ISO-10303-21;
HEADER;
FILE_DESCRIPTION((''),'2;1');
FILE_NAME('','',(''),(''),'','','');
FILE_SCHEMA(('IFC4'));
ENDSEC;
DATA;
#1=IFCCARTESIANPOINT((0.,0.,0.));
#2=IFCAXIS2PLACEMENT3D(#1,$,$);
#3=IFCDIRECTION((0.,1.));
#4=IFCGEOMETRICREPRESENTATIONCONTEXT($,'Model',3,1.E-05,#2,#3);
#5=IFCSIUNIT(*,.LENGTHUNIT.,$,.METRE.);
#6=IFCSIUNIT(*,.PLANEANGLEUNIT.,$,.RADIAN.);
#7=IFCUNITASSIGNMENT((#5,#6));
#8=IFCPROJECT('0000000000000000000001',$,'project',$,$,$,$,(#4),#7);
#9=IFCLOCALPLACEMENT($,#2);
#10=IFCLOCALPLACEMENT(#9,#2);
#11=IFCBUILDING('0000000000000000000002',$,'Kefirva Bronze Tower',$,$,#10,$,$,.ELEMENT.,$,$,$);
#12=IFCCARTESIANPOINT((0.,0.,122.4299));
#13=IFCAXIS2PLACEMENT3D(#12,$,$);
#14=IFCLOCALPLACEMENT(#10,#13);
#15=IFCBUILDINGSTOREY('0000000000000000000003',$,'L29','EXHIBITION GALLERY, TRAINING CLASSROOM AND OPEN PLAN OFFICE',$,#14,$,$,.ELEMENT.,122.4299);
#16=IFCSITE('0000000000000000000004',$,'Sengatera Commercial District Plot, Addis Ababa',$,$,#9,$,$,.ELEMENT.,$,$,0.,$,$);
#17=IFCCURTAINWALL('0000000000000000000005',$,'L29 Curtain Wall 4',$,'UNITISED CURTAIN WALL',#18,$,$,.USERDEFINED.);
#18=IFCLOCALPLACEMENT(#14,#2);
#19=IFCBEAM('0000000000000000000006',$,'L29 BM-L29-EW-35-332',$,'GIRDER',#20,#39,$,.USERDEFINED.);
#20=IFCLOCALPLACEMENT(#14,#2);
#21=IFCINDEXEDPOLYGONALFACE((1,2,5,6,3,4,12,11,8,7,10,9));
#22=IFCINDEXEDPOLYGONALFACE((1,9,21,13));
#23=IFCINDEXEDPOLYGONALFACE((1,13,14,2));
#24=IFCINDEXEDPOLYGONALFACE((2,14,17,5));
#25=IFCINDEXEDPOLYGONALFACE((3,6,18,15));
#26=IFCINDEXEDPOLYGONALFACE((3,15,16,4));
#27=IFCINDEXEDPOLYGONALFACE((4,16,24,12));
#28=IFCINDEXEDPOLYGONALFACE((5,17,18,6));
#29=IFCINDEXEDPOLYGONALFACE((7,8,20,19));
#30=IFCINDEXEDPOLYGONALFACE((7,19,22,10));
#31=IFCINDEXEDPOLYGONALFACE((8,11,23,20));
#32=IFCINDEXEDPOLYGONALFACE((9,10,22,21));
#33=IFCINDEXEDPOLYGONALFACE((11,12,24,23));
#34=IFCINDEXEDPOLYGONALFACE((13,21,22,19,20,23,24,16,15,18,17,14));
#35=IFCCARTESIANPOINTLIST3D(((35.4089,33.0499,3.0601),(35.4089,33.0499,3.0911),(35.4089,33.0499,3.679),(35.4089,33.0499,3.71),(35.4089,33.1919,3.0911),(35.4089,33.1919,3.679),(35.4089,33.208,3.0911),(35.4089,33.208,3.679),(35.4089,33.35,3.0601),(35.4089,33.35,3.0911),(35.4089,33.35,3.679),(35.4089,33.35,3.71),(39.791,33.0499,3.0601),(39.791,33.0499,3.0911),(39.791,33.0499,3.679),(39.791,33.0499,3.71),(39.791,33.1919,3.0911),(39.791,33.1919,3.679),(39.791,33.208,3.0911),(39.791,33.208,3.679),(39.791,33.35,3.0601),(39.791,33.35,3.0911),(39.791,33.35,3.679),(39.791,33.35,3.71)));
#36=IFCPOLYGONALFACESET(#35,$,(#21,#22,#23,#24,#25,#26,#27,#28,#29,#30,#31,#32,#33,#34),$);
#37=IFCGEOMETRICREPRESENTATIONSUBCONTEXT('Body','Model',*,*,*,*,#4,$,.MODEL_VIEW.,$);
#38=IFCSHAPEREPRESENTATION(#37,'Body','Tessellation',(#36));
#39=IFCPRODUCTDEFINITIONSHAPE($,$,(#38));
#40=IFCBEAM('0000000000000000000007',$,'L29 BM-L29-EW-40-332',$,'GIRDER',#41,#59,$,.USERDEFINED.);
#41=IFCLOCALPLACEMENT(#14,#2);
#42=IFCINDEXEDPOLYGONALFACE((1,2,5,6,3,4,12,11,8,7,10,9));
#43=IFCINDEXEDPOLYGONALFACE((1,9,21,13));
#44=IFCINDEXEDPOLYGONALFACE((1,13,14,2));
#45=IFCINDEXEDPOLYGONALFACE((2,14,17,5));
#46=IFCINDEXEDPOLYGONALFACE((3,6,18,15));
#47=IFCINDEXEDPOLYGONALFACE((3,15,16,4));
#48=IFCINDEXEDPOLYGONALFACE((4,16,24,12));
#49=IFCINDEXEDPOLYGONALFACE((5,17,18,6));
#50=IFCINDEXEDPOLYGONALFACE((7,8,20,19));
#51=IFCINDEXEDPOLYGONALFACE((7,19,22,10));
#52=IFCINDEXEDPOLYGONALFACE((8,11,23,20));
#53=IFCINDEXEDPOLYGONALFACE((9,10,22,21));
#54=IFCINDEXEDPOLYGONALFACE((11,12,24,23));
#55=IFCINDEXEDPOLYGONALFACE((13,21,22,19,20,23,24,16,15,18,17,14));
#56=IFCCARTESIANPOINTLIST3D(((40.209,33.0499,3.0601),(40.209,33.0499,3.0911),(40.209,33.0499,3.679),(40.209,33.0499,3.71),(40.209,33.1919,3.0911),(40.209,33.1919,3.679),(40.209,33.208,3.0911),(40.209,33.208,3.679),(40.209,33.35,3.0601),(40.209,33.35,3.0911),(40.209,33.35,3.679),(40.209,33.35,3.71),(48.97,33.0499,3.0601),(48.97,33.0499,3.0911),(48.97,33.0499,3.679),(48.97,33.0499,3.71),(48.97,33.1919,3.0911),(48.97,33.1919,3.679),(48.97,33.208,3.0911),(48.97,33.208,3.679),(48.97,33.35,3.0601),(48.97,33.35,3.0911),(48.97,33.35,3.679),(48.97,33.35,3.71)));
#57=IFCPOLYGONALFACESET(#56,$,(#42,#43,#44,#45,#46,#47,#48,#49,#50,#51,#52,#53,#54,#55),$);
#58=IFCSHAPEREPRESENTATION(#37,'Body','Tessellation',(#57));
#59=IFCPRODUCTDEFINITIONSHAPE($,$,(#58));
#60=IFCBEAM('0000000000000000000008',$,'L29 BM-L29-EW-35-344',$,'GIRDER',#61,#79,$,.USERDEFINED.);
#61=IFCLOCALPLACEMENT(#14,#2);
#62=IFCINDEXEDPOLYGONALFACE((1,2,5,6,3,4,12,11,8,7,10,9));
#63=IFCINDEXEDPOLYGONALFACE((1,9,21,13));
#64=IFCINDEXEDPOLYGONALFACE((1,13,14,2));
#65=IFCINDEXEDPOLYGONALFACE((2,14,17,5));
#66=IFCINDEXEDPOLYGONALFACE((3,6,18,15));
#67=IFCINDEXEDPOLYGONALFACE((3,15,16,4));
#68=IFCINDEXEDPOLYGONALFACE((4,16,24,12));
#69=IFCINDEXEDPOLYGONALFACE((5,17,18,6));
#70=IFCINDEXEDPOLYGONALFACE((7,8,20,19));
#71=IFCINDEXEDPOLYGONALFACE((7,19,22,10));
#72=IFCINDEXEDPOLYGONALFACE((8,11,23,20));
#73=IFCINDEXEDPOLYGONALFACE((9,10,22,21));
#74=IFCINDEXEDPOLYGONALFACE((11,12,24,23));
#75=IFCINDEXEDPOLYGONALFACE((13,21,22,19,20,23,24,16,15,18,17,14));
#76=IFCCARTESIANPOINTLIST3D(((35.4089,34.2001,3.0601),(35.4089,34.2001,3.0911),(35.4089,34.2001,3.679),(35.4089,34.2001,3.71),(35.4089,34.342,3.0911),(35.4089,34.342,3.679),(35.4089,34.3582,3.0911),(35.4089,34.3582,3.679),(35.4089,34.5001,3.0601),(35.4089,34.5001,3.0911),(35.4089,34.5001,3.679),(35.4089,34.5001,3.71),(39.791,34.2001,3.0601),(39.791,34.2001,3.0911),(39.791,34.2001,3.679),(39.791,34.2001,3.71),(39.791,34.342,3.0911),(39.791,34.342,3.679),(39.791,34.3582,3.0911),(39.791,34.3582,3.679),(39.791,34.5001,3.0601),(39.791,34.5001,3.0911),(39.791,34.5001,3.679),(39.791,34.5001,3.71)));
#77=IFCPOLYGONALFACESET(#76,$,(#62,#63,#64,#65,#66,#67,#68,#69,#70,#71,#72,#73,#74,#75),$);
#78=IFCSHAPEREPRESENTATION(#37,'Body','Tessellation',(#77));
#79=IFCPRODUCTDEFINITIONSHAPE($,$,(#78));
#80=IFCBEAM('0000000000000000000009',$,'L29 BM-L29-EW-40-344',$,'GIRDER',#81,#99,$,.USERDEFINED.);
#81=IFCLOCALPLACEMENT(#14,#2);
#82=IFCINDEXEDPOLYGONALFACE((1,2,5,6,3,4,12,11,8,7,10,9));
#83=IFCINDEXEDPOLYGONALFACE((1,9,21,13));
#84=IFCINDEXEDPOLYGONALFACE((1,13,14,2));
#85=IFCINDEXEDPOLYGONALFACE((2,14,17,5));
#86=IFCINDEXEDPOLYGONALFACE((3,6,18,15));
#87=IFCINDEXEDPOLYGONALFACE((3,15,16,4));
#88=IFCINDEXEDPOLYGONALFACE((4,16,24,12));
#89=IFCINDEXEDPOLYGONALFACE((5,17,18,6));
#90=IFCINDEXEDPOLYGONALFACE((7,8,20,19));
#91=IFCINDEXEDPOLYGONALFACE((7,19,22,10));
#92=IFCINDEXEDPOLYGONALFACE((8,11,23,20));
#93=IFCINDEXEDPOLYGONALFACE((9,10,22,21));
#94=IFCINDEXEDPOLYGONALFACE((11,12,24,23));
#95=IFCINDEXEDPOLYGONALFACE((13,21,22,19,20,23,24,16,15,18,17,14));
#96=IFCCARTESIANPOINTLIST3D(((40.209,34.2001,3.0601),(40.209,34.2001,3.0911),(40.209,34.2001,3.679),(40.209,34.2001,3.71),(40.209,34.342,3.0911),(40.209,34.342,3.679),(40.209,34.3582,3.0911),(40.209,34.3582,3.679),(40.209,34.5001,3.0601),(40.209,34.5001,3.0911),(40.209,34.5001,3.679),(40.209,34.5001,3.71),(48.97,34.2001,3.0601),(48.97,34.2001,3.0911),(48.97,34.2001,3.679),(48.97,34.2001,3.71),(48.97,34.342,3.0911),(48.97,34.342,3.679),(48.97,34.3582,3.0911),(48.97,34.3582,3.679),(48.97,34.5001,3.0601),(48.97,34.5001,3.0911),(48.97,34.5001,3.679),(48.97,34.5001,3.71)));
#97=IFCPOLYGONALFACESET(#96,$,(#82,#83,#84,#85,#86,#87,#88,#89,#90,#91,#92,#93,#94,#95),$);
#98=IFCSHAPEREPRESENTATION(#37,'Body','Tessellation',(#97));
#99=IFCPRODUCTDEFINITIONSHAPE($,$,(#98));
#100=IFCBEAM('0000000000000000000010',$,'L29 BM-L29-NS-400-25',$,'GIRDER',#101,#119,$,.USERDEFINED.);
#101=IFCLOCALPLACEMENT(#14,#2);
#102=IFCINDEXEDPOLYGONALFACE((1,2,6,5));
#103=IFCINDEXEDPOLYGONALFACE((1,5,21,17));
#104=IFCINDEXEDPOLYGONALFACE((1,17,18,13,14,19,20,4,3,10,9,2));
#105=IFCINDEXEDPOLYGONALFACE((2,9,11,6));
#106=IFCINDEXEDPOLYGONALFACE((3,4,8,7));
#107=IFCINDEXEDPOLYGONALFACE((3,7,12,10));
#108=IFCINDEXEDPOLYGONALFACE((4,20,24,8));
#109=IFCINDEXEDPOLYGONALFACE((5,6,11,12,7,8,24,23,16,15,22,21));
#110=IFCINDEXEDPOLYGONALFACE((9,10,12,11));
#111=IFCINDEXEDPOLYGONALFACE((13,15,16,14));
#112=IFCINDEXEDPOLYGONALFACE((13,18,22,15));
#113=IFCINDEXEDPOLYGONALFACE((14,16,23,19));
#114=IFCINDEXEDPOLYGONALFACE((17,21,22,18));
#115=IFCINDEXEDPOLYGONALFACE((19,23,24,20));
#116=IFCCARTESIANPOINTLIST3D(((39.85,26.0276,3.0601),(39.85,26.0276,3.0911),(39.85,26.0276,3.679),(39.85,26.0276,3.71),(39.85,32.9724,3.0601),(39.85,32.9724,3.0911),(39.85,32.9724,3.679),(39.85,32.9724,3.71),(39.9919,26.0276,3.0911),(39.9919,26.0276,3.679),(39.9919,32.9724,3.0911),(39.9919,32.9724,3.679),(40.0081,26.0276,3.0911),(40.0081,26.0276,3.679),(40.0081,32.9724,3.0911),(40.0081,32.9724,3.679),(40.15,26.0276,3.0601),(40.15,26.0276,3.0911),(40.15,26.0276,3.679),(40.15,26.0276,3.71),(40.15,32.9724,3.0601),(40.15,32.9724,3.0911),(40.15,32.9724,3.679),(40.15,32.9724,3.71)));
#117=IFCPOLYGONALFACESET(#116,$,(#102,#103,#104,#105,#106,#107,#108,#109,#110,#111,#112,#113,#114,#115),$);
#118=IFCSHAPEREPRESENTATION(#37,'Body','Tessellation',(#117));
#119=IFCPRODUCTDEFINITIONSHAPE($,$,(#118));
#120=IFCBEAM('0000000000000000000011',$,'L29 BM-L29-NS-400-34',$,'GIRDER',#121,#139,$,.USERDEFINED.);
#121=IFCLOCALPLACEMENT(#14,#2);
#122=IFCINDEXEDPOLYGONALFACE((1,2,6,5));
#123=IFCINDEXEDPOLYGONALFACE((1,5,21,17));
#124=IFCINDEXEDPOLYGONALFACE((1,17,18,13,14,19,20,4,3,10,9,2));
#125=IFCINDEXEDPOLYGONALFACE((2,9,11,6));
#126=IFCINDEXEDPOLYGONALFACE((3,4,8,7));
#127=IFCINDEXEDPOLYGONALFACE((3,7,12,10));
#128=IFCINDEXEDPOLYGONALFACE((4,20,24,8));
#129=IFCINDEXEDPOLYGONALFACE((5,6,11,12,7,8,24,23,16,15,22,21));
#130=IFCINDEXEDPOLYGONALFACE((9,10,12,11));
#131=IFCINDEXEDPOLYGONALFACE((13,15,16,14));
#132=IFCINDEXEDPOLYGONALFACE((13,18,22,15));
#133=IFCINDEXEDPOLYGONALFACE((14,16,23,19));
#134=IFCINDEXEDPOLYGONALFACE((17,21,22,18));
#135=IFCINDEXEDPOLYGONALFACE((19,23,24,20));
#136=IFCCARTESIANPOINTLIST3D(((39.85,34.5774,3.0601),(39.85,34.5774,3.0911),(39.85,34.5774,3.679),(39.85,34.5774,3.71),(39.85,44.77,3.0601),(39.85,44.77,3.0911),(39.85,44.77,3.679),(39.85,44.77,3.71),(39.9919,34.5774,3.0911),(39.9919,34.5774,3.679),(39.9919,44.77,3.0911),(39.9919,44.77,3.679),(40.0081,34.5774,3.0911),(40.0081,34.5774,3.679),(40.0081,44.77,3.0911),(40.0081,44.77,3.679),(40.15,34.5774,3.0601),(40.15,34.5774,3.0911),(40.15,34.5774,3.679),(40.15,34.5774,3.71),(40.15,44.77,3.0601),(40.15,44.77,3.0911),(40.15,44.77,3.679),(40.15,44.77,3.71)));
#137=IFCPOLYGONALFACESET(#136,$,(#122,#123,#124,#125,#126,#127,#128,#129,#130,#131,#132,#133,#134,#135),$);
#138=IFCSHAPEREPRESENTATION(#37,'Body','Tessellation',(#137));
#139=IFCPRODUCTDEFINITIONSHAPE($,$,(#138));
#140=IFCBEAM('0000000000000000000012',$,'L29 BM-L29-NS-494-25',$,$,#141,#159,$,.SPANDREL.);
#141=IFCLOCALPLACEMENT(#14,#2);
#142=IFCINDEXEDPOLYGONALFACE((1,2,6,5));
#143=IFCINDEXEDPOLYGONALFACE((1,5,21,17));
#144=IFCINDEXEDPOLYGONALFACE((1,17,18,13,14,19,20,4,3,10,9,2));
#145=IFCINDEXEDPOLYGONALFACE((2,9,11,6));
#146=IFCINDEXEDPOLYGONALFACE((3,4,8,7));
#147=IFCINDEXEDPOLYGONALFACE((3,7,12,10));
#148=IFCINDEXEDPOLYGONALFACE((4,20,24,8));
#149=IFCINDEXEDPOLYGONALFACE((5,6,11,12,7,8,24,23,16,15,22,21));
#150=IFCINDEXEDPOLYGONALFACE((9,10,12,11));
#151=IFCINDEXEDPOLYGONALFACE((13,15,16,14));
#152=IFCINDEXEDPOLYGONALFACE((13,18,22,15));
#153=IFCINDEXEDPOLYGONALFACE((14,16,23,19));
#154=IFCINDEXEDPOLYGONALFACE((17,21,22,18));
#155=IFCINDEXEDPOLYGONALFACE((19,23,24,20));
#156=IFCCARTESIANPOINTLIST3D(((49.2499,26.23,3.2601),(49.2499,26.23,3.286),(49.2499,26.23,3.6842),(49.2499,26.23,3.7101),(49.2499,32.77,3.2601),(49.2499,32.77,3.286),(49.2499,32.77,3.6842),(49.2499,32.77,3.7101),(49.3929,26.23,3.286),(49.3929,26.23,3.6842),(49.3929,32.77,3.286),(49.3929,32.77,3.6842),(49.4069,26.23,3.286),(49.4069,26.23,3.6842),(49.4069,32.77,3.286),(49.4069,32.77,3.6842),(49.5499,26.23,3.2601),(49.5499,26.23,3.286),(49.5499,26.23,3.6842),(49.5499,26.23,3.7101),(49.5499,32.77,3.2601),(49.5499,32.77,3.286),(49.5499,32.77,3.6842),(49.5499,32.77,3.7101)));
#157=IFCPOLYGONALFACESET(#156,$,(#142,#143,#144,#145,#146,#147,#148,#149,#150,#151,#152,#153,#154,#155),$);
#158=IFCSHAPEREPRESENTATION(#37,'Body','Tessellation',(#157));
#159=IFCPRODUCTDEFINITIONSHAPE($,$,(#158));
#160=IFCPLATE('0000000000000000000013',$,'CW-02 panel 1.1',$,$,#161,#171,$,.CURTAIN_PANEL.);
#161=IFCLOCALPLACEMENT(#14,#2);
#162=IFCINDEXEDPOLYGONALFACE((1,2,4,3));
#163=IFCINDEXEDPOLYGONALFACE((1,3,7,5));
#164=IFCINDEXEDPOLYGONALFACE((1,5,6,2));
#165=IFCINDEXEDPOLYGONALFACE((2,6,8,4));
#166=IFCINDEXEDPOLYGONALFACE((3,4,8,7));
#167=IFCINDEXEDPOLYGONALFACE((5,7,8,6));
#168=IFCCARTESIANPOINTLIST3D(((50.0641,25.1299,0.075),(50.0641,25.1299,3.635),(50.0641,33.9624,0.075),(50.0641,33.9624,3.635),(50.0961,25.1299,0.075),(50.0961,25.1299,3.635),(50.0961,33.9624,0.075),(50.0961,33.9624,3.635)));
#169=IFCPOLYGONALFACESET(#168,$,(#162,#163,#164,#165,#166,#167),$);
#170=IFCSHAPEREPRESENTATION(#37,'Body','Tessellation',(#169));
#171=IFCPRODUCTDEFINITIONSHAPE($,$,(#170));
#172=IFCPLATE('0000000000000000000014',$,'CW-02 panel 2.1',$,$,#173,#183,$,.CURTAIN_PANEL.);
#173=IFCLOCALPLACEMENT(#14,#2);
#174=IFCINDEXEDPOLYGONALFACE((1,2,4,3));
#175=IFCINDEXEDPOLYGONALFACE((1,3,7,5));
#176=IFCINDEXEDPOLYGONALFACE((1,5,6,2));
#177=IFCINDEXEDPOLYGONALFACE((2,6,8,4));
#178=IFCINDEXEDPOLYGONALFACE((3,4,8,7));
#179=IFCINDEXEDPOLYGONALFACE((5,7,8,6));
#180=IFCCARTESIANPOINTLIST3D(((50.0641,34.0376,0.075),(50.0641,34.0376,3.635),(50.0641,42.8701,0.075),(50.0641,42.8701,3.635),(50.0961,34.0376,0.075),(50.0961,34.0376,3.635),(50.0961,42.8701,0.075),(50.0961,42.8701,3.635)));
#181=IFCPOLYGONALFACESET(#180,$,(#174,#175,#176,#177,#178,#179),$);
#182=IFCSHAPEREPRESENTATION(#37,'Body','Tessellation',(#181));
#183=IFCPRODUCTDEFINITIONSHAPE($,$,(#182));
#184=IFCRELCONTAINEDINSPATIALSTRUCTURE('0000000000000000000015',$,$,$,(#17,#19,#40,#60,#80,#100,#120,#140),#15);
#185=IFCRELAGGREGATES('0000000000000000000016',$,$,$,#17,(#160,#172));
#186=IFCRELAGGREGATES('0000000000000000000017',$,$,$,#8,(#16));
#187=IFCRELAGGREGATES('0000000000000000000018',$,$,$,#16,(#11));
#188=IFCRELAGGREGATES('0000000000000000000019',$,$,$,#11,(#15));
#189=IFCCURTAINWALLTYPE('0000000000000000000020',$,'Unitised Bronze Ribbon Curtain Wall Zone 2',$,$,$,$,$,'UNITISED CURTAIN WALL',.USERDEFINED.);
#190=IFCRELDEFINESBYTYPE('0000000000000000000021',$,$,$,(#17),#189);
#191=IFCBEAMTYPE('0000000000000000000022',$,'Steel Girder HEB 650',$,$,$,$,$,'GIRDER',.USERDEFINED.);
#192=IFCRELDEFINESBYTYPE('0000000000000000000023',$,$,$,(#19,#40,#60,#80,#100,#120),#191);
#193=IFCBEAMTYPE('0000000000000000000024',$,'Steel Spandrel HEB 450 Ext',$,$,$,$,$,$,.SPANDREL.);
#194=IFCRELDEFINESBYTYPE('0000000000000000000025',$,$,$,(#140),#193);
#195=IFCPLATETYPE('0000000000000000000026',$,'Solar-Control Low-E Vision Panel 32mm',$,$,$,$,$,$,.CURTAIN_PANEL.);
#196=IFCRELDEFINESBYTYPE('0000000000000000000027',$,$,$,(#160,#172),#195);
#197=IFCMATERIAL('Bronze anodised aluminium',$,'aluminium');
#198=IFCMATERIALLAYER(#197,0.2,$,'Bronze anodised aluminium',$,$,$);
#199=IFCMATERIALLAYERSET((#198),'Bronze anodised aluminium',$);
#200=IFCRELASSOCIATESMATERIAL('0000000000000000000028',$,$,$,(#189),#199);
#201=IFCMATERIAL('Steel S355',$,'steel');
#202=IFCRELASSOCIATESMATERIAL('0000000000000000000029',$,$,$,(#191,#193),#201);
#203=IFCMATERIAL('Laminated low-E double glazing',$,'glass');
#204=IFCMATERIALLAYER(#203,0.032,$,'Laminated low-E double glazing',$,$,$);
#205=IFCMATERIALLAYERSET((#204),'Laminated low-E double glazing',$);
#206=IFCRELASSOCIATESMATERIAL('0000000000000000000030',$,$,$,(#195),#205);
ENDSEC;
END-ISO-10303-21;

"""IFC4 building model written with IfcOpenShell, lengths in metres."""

from ifc_helpers import new_model, si_unit, direction, frame, origin, origin_2d, place, context, subcontext, project, spatial, rectangle, i_section, extrude, material, layer, layer_set, material_profile, profile_set, type_object, element, aggregate, save


model = new_model("IFC4")

# Units and contexts
model_context = context("Model", 3, precision=1e-05, world=origin(), true_north=direction((0.0, 1.0)))
body_context = subcontext(model_context, "Body", "Model", "MODEL_VIEW")
ifc_project = project(units=[si_unit("LENGTHUNIT", "METRE"), si_unit("PLANEANGLEUNIT", "RADIAN")], contexts=[model_context])

# Site, building, storey
site_placement = place(None, origin())
site = spatial("IfcSite", under=ifc_project, at=site_placement, Name="Sengatera Commercial District Plot, Addis Ababa", CompositionType="ELEMENT", RefElevation=0.0)
building_placement = place(site_placement, origin())
building = spatial("IfcBuilding", under=site, at=building_placement, Name="Kefirva Bronze Tower", CompositionType="ELEMENT")
storey_placement = place(building_placement, frame((0.0, 0.0, 122.4299)))
storey = spatial("IfcBuildingStorey", under=building, at=storey_placement, Name="L29", Description="EXHIBITION GALLERY, TRAINING CLASSROOM AND OPEN PLAN OFFICE", CompositionType="ELEMENT", Elevation=122.4299)

# Curtain wall
ifc_material_1 = material(Name="Bronze anodised aluminium", Category="aluminium")
ifc_layer_1 = layer(ifc_material_1, 0.2, Name="Bronze anodised aluminium")
ifc_layer_set_1 = layer_set([ifc_layer_1], Name="Bronze anodised aluminium")
curtain_wall_type = type_object("IfcCurtainWallType", Name="Unitised Bronze Ribbon Curtain Wall Zone 2", ElementType="UNITISED CURTAIN WALL", PredefinedType="USERDEFINED", material=ifc_layer_set_1)
curtain_wall_placement = place(storey_placement, origin())
curtain_wall = element("IfcCurtainWall", 1, at=curtain_wall_placement, inside=storey, type_object=curtain_wall_type, Name="L29 Curtain Wall 4", ObjectType="UNITISED CURTAIN WALL", PredefinedType="USERDEFINED")

# Beams
ifc_material_2 = material(Name="Steel S355", Category="steel")
ifc_material_profile_1 = material_profile(ifc_material_2, i_section(OverallWidth=0.3, OverallDepth=0.6499, WebThickness=0.0161, FlangeThickness=0.031, at=origin_2d()), Name="HEB 650")
ifc_profile_set_1 = profile_set([ifc_material_profile_1], Name="Steel S355")
beam_type_1 = type_object("IfcBeamType", Name="Steel Girder HEB 650", ElementType="GIRDER", PredefinedType="USERDEFINED", material=ifc_profile_set_1)
beam_1_placement = place(storey_placement, frame((35.4089, 33.2, 3.385), z_axis=(1.0, 0.0, 0.0), x_axis=(0.0, 1.0, 0.0)))
element("IfcBeam", 2, at=beam_1_placement, inside=storey, type_object=beam_type_1, Name="L29 BM-L29-EW-35-332", ObjectType="GIRDER", PredefinedType="USERDEFINED", context=body_context, shape_type="SweptSolid", body=[
    extrude(i_section(OverallWidth=0.3, OverallDepth=0.6499, WebThickness=0.0161, FlangeThickness=0.031, at=origin_2d()), origin(), (0.0, 0.0, 1.0), 4.3821),
])
beam_2_placement = place(storey_placement, frame((40.209, 33.2, 3.385), z_axis=(1.0, 0.0, 0.0), x_axis=(0.0, 1.0, 0.0)))
element("IfcBeam", 3, at=beam_2_placement, inside=storey, type_object=beam_type_1, Name="L29 BM-L29-EW-40-332", ObjectType="GIRDER", PredefinedType="USERDEFINED", context=body_context, shape_type="SweptSolid", body=[
    extrude(i_section(OverallWidth=0.3, OverallDepth=0.6499, WebThickness=0.0161, FlangeThickness=0.031, at=origin_2d()), origin(), (0.0, 0.0, 1.0), 8.761),
])
beam_3_placement = place(storey_placement, frame((35.4089, 34.3501, 3.385), z_axis=(1.0, 0.0, 0.0), x_axis=(0.0, 1.0, 0.0)))
element("IfcBeam", 4, at=beam_3_placement, inside=storey, type_object=beam_type_1, Name="L29 BM-L29-EW-35-344", ObjectType="GIRDER", PredefinedType="USERDEFINED", context=body_context, shape_type="SweptSolid", body=[
    extrude(i_section(OverallWidth=0.3, OverallDepth=0.6499, WebThickness=0.0161, FlangeThickness=0.031, at=origin_2d()), origin(), (0.0, 0.0, 1.0), 4.3821),
])
beam_4_placement = place(storey_placement, frame((40.209, 34.3501, 3.385), z_axis=(1.0, 0.0, 0.0), x_axis=(0.0, 1.0, 0.0)))
element("IfcBeam", 5, at=beam_4_placement, inside=storey, type_object=beam_type_1, Name="L29 BM-L29-EW-40-344", ObjectType="GIRDER", PredefinedType="USERDEFINED", context=body_context, shape_type="SweptSolid", body=[
    extrude(i_section(OverallWidth=0.3, OverallDepth=0.6499, WebThickness=0.0161, FlangeThickness=0.031, at=origin_2d()), origin(), (0.0, 0.0, 1.0), 8.761),
])
beam_5_placement = place(storey_placement, frame((40.0, 26.0276, 3.385), z_axis=(0.0, 1.0, 0.0), x_axis=(-1.0, 0.0, 0.0)))
element("IfcBeam", 6, at=beam_5_placement, inside=storey, type_object=beam_type_1, Name="L29 BM-L29-NS-400-25", ObjectType="GIRDER", PredefinedType="USERDEFINED", context=body_context, shape_type="SweptSolid", body=[
    extrude(i_section(OverallWidth=0.3, OverallDepth=0.6499, WebThickness=0.0161, FlangeThickness=0.031, at=origin_2d()), origin(), (0.0, 0.0, 1.0), 6.9448),
])
beam_6_placement = place(storey_placement, frame((40.0, 34.5774, 3.385), z_axis=(0.0, 1.0, 0.0), x_axis=(-1.0, 0.0, 0.0)))
element("IfcBeam", 7, at=beam_6_placement, inside=storey, type_object=beam_type_1, Name="L29 BM-L29-NS-400-34", ObjectType="GIRDER", PredefinedType="USERDEFINED", context=body_context, shape_type="SweptSolid", body=[
    extrude(i_section(OverallWidth=0.3, OverallDepth=0.6499, WebThickness=0.0161, FlangeThickness=0.031, at=origin_2d()), origin(), (0.0, 0.0, 1.0), 10.1926),
])
ifc_material_profile_2 = material_profile(ifc_material_2, i_section(OverallWidth=0.3, OverallDepth=0.45, WebThickness=0.0139, FlangeThickness=0.0259, at=origin_2d()), Name="HEB 450")
ifc_profile_set_2 = profile_set([ifc_material_profile_2], Name="Steel S355")
beam_type_2 = type_object("IfcBeamType", Name="Steel Spandrel HEB 450 Ext", PredefinedType="SPANDREL", material=ifc_profile_set_2)
beam_7_placement = place(storey_placement, frame((49.3999, 26.23, 3.4851), z_axis=(0.0, 1.0, 0.0), x_axis=(-1.0, 0.0, 0.0)))
element("IfcBeam", 8, at=beam_7_placement, inside=storey, type_object=beam_type_2, Name="L29 BM-L29-NS-494-25", PredefinedType="SPANDREL", context=body_context, shape_type="SweptSolid", body=[
    extrude(i_section(OverallWidth=0.3, OverallDepth=0.45, WebThickness=0.0139, FlangeThickness=0.0259, at=origin_2d()), origin(), (0.0, 0.0, 1.0), 6.54),
])

# Plates
ifc_material_3 = material(Name="Laminated low-E double glazing", Category="glass")
ifc_layer_2 = layer(ifc_material_3, 0.032, Name="Laminated low-E double glazing")
ifc_layer_set_2 = layer_set([ifc_layer_2], Name="Laminated low-E double glazing")
plate_type = type_object("IfcPlateType", Name="Solar-Control Low-E Vision Panel 32mm", PredefinedType="CURTAIN_PANEL", material=ifc_layer_set_2)
plate_1_placement = place(storey_placement, frame((50.0801, 29.5461, 0.075), z_axis=(0.0, 0.0, 1.0), x_axis=(0.0, 1.0, 0.0)))
plate_1 = element("IfcPlate", 9, at=plate_1_placement, type_object=plate_type, Name="CW-02 panel 1.1", PredefinedType="CURTAIN_PANEL", context=body_context, shape_type="SweptSolid", body=[
    extrude(rectangle(XDim=8.8325, YDim=0.032, at=origin_2d()), origin(), (0.0, 0.0, 1.0), 3.5601),
])
plate_2_placement = place(storey_placement, frame((50.0801, 38.4539, 0.075), z_axis=(0.0, 0.0, 1.0), x_axis=(0.0, 1.0, 0.0)))
plate_2 = element("IfcPlate", 10, at=plate_2_placement, type_object=plate_type, Name="CW-02 panel 2.1", PredefinedType="CURTAIN_PANEL", context=body_context, shape_type="SweptSolid", body=[
    extrude(rectangle(XDim=8.8325, YDim=0.032, at=origin_2d()), origin(), (0.0, 0.0, 1.0), 3.5601),
])
aggregate(curtain_wall, [plate_1, plate_2])

save(model, "model.ifc")
